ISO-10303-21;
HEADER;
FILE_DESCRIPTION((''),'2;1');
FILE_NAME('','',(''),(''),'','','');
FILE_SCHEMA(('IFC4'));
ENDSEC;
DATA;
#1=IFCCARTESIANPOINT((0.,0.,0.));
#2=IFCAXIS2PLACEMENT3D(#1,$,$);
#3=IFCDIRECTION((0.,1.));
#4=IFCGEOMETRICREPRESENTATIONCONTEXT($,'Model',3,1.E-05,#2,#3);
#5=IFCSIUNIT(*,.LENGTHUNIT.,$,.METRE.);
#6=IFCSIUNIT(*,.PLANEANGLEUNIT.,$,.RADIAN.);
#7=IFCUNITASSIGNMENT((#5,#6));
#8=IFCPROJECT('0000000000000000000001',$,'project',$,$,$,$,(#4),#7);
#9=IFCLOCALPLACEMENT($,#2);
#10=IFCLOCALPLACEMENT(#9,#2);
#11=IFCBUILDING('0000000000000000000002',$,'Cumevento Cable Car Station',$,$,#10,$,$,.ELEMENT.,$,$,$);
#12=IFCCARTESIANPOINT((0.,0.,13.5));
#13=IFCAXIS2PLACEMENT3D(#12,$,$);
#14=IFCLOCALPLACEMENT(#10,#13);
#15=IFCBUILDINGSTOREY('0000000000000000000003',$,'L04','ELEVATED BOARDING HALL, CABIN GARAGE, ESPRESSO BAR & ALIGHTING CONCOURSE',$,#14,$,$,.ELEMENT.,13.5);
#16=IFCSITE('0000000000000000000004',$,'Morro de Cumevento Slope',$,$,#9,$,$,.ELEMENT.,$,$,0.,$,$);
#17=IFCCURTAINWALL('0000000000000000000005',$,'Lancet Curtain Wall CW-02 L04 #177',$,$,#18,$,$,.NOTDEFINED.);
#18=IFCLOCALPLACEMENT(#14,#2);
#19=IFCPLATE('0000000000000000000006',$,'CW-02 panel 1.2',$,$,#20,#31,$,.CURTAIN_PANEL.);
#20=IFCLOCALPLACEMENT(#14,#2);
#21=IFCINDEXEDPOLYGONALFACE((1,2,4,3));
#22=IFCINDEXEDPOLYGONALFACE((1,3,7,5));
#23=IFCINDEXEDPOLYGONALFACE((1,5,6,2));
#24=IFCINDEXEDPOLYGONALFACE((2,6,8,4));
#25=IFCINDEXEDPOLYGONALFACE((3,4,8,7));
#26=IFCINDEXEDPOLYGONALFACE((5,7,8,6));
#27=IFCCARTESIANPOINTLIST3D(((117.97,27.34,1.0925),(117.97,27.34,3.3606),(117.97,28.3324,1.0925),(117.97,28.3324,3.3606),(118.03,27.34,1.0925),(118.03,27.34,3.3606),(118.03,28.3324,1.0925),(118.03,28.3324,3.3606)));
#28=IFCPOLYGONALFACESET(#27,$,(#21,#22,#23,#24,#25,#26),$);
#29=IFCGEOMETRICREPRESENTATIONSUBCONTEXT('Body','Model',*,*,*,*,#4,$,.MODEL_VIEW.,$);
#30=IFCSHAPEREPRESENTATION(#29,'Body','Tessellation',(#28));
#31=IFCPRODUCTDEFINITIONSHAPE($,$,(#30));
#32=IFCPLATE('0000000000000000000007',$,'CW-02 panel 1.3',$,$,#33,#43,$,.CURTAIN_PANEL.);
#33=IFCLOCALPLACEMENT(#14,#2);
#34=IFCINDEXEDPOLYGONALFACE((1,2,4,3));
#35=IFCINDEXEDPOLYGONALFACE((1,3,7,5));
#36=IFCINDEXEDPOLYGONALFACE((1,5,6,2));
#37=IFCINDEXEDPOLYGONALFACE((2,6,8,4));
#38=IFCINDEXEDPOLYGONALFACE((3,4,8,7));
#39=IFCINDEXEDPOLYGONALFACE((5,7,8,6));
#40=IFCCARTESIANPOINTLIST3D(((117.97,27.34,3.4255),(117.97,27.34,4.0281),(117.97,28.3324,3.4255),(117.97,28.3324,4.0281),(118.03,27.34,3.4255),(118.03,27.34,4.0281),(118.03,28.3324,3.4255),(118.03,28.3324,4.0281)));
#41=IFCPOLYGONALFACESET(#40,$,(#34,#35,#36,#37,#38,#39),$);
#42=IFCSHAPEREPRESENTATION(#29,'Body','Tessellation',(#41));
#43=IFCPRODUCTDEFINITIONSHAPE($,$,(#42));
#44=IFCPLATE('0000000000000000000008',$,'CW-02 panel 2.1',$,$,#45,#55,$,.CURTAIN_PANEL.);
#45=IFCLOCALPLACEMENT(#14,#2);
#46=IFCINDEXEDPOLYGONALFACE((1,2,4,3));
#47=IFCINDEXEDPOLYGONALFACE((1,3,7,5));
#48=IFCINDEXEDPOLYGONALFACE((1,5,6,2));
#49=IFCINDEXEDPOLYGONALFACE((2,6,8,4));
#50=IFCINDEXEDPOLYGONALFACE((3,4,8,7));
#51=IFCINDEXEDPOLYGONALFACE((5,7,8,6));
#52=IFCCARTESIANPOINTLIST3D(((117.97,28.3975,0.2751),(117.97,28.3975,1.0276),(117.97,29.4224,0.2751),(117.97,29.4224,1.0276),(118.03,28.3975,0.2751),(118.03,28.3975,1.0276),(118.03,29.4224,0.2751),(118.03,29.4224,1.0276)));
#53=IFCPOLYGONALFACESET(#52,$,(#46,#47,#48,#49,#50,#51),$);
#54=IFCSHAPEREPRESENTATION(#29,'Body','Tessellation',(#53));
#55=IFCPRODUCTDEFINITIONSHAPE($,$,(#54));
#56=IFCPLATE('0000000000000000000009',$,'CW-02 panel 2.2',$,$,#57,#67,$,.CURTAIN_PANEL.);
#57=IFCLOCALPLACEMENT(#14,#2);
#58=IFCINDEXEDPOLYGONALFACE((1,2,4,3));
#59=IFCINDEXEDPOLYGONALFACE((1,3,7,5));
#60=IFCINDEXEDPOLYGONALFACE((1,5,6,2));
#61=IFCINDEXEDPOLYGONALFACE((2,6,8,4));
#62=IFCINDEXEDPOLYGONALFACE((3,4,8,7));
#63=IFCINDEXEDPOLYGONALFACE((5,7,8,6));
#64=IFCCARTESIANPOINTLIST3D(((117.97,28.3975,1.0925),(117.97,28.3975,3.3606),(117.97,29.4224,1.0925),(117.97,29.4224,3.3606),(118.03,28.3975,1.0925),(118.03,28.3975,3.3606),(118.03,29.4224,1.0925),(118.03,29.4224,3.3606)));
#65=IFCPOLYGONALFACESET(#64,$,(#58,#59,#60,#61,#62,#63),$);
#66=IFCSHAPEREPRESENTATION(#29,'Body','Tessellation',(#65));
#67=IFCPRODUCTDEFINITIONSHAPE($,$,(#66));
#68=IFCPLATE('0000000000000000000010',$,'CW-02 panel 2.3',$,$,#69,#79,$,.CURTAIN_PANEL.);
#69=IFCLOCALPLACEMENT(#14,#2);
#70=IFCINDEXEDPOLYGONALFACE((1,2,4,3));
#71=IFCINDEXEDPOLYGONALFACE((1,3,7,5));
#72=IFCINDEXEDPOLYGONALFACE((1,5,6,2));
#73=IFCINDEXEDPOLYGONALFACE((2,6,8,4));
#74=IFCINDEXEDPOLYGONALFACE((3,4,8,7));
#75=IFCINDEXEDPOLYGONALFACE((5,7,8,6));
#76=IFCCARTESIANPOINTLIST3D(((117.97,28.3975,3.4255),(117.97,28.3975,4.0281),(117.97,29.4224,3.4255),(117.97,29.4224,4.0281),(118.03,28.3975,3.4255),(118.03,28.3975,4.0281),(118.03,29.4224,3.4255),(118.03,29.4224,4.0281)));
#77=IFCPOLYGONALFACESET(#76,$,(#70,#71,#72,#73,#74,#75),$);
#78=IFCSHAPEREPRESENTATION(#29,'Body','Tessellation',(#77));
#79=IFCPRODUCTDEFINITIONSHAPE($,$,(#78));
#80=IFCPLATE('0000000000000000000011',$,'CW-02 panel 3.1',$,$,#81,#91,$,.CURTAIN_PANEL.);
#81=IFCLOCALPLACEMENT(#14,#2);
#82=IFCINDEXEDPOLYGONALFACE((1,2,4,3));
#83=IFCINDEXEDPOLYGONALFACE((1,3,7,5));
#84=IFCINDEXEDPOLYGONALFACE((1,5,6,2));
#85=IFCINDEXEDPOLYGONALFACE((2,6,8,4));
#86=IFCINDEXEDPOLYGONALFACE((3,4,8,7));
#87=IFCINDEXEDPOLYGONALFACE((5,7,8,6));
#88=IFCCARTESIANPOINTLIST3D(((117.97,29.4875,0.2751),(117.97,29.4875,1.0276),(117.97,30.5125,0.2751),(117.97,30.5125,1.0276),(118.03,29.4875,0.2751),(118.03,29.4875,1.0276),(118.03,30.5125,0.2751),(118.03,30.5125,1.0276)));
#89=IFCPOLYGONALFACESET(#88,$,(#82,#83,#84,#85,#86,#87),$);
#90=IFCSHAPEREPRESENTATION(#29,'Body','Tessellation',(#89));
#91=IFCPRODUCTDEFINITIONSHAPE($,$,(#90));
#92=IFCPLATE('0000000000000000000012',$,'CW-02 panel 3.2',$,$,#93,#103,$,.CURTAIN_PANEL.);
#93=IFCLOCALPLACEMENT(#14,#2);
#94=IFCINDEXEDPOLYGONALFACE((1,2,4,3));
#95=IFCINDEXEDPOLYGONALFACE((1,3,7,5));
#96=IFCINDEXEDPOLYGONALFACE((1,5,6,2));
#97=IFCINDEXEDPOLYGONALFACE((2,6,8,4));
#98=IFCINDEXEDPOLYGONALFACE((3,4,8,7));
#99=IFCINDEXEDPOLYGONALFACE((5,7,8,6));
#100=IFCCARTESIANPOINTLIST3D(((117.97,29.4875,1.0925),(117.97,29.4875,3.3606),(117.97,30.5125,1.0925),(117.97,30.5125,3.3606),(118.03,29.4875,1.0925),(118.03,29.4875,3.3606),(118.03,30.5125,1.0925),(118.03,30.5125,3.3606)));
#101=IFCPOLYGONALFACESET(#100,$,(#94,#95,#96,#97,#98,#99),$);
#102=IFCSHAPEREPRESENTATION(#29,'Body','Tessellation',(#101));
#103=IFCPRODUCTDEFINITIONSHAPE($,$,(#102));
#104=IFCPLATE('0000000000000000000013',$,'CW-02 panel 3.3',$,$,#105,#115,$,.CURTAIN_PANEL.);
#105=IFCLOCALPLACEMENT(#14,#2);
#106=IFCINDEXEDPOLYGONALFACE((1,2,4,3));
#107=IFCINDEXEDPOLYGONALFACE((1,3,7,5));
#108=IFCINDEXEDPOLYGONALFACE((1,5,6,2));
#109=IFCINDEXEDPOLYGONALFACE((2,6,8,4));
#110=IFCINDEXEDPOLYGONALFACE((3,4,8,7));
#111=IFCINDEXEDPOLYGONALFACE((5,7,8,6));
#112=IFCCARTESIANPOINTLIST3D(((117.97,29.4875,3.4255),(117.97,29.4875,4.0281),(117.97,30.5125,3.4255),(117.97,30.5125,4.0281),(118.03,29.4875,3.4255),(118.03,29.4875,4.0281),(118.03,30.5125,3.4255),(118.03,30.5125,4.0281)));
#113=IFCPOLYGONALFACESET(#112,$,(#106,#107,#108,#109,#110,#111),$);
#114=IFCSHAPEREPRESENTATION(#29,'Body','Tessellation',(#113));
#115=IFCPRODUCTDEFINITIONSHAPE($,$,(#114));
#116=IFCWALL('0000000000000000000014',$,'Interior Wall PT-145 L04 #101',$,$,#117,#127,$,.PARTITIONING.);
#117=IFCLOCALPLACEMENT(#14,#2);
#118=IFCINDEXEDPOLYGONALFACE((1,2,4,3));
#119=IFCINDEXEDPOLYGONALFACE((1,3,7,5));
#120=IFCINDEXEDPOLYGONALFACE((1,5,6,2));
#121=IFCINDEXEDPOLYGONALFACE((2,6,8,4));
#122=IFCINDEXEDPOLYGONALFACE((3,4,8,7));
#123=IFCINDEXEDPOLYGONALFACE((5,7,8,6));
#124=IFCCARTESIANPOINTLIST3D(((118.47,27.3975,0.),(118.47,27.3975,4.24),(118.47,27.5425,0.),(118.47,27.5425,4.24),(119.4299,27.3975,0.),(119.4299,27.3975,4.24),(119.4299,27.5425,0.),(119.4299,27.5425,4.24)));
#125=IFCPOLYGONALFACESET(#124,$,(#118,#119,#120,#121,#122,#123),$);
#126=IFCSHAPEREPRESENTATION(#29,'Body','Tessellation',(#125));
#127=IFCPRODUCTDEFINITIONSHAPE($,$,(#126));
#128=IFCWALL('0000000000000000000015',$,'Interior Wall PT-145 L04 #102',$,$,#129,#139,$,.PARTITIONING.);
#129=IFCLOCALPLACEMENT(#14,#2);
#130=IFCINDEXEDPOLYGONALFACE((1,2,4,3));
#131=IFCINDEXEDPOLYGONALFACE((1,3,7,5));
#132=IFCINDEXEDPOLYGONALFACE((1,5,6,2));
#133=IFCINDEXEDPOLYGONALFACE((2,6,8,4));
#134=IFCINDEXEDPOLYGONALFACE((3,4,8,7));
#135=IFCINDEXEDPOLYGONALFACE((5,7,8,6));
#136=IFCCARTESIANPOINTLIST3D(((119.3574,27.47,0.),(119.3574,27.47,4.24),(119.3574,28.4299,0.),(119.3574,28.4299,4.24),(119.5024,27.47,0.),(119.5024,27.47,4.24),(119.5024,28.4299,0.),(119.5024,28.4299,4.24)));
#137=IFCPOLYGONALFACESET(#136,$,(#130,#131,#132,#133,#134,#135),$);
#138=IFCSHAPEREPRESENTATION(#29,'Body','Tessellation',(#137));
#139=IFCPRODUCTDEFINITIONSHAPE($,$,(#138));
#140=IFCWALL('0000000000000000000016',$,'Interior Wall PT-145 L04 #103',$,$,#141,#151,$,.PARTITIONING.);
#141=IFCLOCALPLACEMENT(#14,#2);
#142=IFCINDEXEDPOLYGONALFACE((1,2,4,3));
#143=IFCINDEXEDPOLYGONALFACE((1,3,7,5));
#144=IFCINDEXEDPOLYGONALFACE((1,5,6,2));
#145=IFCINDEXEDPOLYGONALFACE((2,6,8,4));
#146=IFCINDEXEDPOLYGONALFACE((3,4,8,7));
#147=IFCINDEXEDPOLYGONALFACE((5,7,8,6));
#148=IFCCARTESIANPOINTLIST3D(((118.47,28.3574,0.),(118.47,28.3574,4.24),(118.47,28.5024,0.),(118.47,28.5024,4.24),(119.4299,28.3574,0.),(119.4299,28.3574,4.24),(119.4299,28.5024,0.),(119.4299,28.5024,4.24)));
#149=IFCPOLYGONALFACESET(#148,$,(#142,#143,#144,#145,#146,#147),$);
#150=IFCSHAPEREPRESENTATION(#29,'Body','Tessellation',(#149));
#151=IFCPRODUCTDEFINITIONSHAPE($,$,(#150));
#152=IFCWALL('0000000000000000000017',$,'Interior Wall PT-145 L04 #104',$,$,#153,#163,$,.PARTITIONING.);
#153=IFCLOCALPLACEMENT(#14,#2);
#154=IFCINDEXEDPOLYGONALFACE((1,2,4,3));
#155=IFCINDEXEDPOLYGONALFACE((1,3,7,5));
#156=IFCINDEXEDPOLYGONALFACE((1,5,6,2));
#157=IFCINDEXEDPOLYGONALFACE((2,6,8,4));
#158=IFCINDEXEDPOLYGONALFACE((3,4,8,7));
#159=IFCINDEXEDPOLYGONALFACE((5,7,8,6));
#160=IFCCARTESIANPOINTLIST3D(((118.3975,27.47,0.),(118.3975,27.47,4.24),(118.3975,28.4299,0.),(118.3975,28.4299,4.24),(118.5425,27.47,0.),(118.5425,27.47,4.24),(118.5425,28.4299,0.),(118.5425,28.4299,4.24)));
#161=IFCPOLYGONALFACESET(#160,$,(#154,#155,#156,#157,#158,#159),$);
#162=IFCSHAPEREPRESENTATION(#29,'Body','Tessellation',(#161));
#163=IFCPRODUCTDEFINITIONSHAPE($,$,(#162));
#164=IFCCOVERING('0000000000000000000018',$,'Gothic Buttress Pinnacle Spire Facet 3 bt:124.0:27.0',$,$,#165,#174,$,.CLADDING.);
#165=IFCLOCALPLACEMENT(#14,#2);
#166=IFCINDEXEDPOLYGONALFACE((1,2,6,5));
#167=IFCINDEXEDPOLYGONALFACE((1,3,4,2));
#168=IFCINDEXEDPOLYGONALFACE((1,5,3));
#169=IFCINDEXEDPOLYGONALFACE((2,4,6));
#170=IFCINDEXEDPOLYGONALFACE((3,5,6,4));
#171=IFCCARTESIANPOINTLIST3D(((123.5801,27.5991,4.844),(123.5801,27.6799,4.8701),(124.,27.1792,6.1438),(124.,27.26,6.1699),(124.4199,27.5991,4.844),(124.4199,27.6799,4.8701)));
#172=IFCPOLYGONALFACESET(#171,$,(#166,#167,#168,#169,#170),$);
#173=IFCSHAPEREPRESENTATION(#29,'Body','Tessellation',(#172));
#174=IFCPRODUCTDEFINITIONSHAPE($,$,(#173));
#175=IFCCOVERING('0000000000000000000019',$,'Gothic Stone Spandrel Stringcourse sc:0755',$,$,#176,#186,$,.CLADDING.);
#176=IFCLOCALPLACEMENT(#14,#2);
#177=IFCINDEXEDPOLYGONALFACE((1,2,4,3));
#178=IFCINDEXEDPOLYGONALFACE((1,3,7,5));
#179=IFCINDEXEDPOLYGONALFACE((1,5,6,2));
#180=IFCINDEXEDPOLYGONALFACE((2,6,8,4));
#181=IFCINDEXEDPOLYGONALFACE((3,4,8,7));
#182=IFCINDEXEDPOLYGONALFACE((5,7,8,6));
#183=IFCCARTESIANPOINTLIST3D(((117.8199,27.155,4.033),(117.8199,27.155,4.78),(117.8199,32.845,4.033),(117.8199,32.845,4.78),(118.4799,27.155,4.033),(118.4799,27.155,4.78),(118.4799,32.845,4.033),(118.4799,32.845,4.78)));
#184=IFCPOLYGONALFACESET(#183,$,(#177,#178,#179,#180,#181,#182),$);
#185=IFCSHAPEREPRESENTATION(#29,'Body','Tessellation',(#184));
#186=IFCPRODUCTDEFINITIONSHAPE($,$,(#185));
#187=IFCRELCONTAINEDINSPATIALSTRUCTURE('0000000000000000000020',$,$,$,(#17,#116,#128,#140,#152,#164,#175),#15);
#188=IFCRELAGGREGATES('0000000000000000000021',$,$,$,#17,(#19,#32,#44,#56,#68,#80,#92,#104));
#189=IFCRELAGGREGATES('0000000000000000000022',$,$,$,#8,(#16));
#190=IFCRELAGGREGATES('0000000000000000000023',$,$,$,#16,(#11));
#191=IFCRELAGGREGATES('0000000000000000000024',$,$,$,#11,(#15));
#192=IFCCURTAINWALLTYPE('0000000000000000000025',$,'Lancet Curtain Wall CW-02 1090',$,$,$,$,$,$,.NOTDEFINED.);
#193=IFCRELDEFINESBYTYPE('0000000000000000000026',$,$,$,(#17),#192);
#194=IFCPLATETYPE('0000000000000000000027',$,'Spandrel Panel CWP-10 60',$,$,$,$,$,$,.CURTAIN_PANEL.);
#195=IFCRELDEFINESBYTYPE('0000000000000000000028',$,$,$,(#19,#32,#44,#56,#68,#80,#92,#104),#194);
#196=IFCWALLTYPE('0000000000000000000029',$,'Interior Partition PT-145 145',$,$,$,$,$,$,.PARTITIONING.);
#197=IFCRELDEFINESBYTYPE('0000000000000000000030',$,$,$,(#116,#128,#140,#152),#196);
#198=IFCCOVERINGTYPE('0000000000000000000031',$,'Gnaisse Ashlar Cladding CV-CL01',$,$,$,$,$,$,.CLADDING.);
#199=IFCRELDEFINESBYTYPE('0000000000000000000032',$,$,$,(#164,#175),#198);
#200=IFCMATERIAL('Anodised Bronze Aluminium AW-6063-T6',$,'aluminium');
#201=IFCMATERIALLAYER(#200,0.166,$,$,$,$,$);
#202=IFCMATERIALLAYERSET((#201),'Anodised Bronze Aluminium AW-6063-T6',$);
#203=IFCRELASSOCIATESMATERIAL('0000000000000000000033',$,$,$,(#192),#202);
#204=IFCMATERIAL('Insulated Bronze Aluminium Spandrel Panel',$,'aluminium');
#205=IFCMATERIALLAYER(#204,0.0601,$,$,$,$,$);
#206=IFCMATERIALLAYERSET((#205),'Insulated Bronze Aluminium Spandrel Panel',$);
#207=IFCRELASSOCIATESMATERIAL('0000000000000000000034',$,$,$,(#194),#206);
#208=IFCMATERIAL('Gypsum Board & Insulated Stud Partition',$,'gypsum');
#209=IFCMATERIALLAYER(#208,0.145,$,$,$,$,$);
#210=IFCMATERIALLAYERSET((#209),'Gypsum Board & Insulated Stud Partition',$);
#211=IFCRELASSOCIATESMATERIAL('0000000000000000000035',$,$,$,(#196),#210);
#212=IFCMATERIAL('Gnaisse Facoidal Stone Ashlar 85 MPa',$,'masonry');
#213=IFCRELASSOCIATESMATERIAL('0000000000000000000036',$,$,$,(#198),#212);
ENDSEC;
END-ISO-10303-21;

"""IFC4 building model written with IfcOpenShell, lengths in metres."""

from ifc_helpers import new_model, si_unit, direction, frame, frame_2d, origin, origin_2d, place, context, subcontext, project, spatial, polyline, rectangle, outline, extrude, material, layer, layer_set, type_object, element, aggregate, save


model = new_model("IFC4")

# Units and contexts
model_context = context("Model", 3, precision=1e-05, world=origin(), true_north=direction((0.0, 1.0)))
body_context = subcontext(model_context, "Body", "Model", "MODEL_VIEW")
ifc_project = project(units=[si_unit("LENGTHUNIT", "METRE"), si_unit("PLANEANGLEUNIT", "RADIAN")], contexts=[model_context])

# Site, building, storey
site_placement = place(None, origin())
site = spatial("IfcSite", under=ifc_project, at=site_placement, Name="Morro de Cumevento Slope", CompositionType="ELEMENT", RefElevation=0.0)
building_placement = place(site_placement, origin())
building = spatial("IfcBuilding", under=site, at=building_placement, Name="Cumevento Cable Car Station", CompositionType="ELEMENT")
storey_placement = place(building_placement, frame((0.0, 0.0, 13.5)))
storey = spatial("IfcBuildingStorey", under=building, at=storey_placement, Name="L04", Description="ELEVATED BOARDING HALL, CABIN GARAGE, ESPRESSO BAR & ALIGHTING CONCOURSE", CompositionType="ELEMENT", Elevation=13.5)

# Curtain wall, plates
ifc_material_1 = material(Name="Anodised Bronze Aluminium AW-6063-T6", Category="aluminium")
ifc_layer_1 = layer(ifc_material_1, 0.166)
ifc_layer_set_1 = layer_set([ifc_layer_1], Name="Anodised Bronze Aluminium AW-6063-T6")
curtain_wall_type = type_object("IfcCurtainWallType", Name="Lancet Curtain Wall CW-02 1090", PredefinedType="NOTDEFINED", material=ifc_layer_set_1)
curtain_wall_placement = place(storey_placement, origin())
curtain_wall = element("IfcCurtainWall", 1, at=curtain_wall_placement, inside=storey, type_object=curtain_wall_type, Name="Lancet Curtain Wall CW-02 L04 #177", PredefinedType="NOTDEFINED")
ifc_material_2 = material(Name="Insulated Bronze Aluminium Spandrel Panel", Category="aluminium")
ifc_layer_2 = layer(ifc_material_2, 0.0601)
ifc_layer_set_2 = layer_set([ifc_layer_2], Name="Insulated Bronze Aluminium Spandrel Panel")
plate_type = type_object("IfcPlateType", Name="Spandrel Panel CWP-10 60", PredefinedType="CURTAIN_PANEL", material=ifc_layer_set_2)
plate_1_placement = place(storey_placement, frame((118.0, 27.8362, 1.0925), z_axis=(0.0, 0.0, 1.0), x_axis=(0.0, 1.0, 0.0)))
plate_1 = element("IfcPlate", 2, at=plate_1_placement, type_object=plate_type, Name="CW-02 panel 1.2", PredefinedType="CURTAIN_PANEL", context=body_context, shape_type="SweptSolid", body=[
    extrude(rectangle(XDim=0.9924, YDim=0.0601, at=origin_2d()), origin(), (0.0, 0.0, 1.0), 2.2681),
])
plate_2_placement = place(storey_placement, frame((118.0, 27.8362, 3.4255), z_axis=(0.0, 0.0, 1.0), x_axis=(0.0, 1.0, 0.0)))
plate_2 = element("IfcPlate", 3, at=plate_2_placement, type_object=plate_type, Name="CW-02 panel 1.3", PredefinedType="CURTAIN_PANEL", context=body_context, shape_type="SweptSolid", body=[
    extrude(rectangle(XDim=0.9924, YDim=0.0601, at=origin_2d()), origin(), (0.0, 0.0, 1.0), 0.6025),
])
plate_3_placement = place(storey_placement, frame((118.0, 28.9099, 0.2751), z_axis=(0.0, 0.0, 1.0), x_axis=(0.0, 1.0, 0.0)))
plate_3 = element("IfcPlate", 4, at=plate_3_placement, type_object=plate_type, Name="CW-02 panel 2.1", PredefinedType="CURTAIN_PANEL", context=body_context, shape_type="SweptSolid", body=[
    extrude(rectangle(XDim=1.0249, YDim=0.0601, at=origin_2d()), origin(), (0.0, 0.0, 1.0), 0.7524),
])
plate_4_placement = place(storey_placement, frame((118.0, 28.9099, 1.0925), z_axis=(0.0, 0.0, 1.0), x_axis=(0.0, 1.0, 0.0)))
plate_4 = element("IfcPlate", 5, at=plate_4_placement, type_object=plate_type, Name="CW-02 panel 2.2", PredefinedType="CURTAIN_PANEL", context=body_context, shape_type="SweptSolid", body=[
    extrude(rectangle(XDim=1.0249, YDim=0.0601, at=origin_2d()), origin(), (0.0, 0.0, 1.0), 2.2681),
])
plate_5_placement = place(storey_placement, frame((118.0, 28.9099, 3.4255), z_axis=(0.0, 0.0, 1.0), x_axis=(0.0, 1.0, 0.0)))
plate_5 = element("IfcPlate", 6, at=plate_5_placement, type_object=plate_type, Name="CW-02 panel 2.3", PredefinedType="CURTAIN_PANEL", context=body_context, shape_type="SweptSolid", body=[
    extrude(rectangle(XDim=1.0249, YDim=0.0601, at=origin_2d()), origin(), (0.0, 0.0, 1.0), 0.6025),
])
plate_6_placement = place(storey_placement, frame((118.0, 30.0, 0.2751), z_axis=(0.0, 0.0, 1.0), x_axis=(0.0, 1.0, 0.0)))
plate_6 = element("IfcPlate", 7, at=plate_6_placement, type_object=plate_type, Name="CW-02 panel 3.1", PredefinedType="CURTAIN_PANEL", context=body_context, shape_type="SweptSolid", body=[
    extrude(rectangle(XDim=1.0249, YDim=0.0601, at=origin_2d()), origin(), (0.0, 0.0, 1.0), 0.7524),
])
plate_7_placement = place(storey_placement, frame((118.0, 30.0, 1.0925), z_axis=(0.0, 0.0, 1.0), x_axis=(0.0, 1.0, 0.0)))
plate_7 = element("IfcPlate", 8, at=plate_7_placement, type_object=plate_type, Name="CW-02 panel 3.2", PredefinedType="CURTAIN_PANEL", context=body_context, shape_type="SweptSolid", body=[
    extrude(rectangle(XDim=1.0249, YDim=0.0601, at=origin_2d()), origin(), (0.0, 0.0, 1.0), 2.2681),
])
plate_8_placement = place(storey_placement, frame((118.0, 30.0, 3.4255), z_axis=(0.0, 0.0, 1.0), x_axis=(0.0, 1.0, 0.0)))
plate_8 = element("IfcPlate", 9, at=plate_8_placement, type_object=plate_type, Name="CW-02 panel 3.3", PredefinedType="CURTAIN_PANEL", context=body_context, shape_type="SweptSolid", body=[
    extrude(rectangle(XDim=1.0249, YDim=0.0601, at=origin_2d()), origin(), (0.0, 0.0, 1.0), 0.6025),
])
aggregate(curtain_wall, [plate_1, plate_2, plate_3, plate_4, plate_5, plate_6, plate_7, plate_8])

# Walls
ifc_material_3 = material(Name="Gypsum Board & Insulated Stud Partition", Category="gypsum")
ifc_layer_3 = layer(ifc_material_3, 0.145)
ifc_layer_set_3 = layer_set([ifc_layer_3], Name="Gypsum Board & Insulated Stud Partition")
wall_type = type_object("IfcWallType", Name="Interior Partition PT-145 145", PredefinedType="PARTITIONING", material=ifc_layer_set_3)
for number, where, z_axis, x_axis, name in (
    (10, (118.47, 27.47, 0.0), (0.0, 0.0, 1.0), (1.0, 0.0, 0.0), "Interior Wall PT-145 L04 #101"),
    (11, (119.4299, 27.47, 0.0), (0.0, 0.0, 1.0), (0.0, 1.0, 0.0), "Interior Wall PT-145 L04 #102"),
    (12, (119.4299, 28.4299, 0.0), (0.0, 0.0, 1.0), (-1.0, 0.0, 0.0), "Interior Wall PT-145 L04 #103"),
    (13, (118.47, 28.4299, 0.0), (0.0, 0.0, 1.0), (0.0, -1.0, 0.0), "Interior Wall PT-145 L04 #104"),
):
    element("IfcWall", number, at=place(storey_placement, frame(where, z_axis=z_axis, x_axis=x_axis)), inside=storey, type_object=wall_type, Name=name, PredefinedType="PARTITIONING", context=body_context, shape_type="SweptSolid", body=[
        extrude(rectangle(XDim=0.96, YDim=0.145, at=frame_2d((0.48, 0.0))), origin(), (0.0, 0.0, 1.0), 4.24),
    ])

# Coverings
ifc_material_4 = material(Name="Gnaisse Facoidal Stone Ashlar 85 MPa", Category="masonry")
covering_type = type_object("IfcCoveringType", Name="Gnaisse Ashlar Cladding CV-CL01", PredefinedType="CLADDING", material=ifc_material_4)
covering_1_placement = place(storey_placement, frame((123.5801, 27.6799, 4.8701), z_axis=(0.0, 0.951574, 0.307421), x_axis=(1.0, 0.0, 0.0)))
element("IfcCovering", 14, at=covering_1_placement, inside=storey, type_object=covering_type, Name="Gothic Buttress Pinnacle Spire Facet 3 bt:124.0:27.0", PredefinedType="CLADDING", context=body_context, shape_type="SweptSolid", body=[
    extrude(outline(polyline([(0.0, 0.0), (0.8398, 0.0), (0.4199, -1.366), (0.0, 0.0)])), origin(), (0.0, 0.0, -1.0), 0.085),
])
covering_2_placement = place(storey_placement, frame((118.1499, 30.0, 4.033), z_axis=(0.0, 0.0, 1.0), x_axis=(0.0, 1.0, 0.0)))
element("IfcCovering", 15, at=covering_2_placement, inside=storey, type_object=covering_type, Name="Gothic Stone Spandrel Stringcourse sc:0755", PredefinedType="CLADDING", context=body_context, shape_type="SweptSolid", body=[
    extrude(rectangle(XDim=5.6899, YDim=0.6599, at=origin_2d()), origin(), (0.0, 0.0, 1.0), 0.7471),
])

save(model, "model.ifc")
